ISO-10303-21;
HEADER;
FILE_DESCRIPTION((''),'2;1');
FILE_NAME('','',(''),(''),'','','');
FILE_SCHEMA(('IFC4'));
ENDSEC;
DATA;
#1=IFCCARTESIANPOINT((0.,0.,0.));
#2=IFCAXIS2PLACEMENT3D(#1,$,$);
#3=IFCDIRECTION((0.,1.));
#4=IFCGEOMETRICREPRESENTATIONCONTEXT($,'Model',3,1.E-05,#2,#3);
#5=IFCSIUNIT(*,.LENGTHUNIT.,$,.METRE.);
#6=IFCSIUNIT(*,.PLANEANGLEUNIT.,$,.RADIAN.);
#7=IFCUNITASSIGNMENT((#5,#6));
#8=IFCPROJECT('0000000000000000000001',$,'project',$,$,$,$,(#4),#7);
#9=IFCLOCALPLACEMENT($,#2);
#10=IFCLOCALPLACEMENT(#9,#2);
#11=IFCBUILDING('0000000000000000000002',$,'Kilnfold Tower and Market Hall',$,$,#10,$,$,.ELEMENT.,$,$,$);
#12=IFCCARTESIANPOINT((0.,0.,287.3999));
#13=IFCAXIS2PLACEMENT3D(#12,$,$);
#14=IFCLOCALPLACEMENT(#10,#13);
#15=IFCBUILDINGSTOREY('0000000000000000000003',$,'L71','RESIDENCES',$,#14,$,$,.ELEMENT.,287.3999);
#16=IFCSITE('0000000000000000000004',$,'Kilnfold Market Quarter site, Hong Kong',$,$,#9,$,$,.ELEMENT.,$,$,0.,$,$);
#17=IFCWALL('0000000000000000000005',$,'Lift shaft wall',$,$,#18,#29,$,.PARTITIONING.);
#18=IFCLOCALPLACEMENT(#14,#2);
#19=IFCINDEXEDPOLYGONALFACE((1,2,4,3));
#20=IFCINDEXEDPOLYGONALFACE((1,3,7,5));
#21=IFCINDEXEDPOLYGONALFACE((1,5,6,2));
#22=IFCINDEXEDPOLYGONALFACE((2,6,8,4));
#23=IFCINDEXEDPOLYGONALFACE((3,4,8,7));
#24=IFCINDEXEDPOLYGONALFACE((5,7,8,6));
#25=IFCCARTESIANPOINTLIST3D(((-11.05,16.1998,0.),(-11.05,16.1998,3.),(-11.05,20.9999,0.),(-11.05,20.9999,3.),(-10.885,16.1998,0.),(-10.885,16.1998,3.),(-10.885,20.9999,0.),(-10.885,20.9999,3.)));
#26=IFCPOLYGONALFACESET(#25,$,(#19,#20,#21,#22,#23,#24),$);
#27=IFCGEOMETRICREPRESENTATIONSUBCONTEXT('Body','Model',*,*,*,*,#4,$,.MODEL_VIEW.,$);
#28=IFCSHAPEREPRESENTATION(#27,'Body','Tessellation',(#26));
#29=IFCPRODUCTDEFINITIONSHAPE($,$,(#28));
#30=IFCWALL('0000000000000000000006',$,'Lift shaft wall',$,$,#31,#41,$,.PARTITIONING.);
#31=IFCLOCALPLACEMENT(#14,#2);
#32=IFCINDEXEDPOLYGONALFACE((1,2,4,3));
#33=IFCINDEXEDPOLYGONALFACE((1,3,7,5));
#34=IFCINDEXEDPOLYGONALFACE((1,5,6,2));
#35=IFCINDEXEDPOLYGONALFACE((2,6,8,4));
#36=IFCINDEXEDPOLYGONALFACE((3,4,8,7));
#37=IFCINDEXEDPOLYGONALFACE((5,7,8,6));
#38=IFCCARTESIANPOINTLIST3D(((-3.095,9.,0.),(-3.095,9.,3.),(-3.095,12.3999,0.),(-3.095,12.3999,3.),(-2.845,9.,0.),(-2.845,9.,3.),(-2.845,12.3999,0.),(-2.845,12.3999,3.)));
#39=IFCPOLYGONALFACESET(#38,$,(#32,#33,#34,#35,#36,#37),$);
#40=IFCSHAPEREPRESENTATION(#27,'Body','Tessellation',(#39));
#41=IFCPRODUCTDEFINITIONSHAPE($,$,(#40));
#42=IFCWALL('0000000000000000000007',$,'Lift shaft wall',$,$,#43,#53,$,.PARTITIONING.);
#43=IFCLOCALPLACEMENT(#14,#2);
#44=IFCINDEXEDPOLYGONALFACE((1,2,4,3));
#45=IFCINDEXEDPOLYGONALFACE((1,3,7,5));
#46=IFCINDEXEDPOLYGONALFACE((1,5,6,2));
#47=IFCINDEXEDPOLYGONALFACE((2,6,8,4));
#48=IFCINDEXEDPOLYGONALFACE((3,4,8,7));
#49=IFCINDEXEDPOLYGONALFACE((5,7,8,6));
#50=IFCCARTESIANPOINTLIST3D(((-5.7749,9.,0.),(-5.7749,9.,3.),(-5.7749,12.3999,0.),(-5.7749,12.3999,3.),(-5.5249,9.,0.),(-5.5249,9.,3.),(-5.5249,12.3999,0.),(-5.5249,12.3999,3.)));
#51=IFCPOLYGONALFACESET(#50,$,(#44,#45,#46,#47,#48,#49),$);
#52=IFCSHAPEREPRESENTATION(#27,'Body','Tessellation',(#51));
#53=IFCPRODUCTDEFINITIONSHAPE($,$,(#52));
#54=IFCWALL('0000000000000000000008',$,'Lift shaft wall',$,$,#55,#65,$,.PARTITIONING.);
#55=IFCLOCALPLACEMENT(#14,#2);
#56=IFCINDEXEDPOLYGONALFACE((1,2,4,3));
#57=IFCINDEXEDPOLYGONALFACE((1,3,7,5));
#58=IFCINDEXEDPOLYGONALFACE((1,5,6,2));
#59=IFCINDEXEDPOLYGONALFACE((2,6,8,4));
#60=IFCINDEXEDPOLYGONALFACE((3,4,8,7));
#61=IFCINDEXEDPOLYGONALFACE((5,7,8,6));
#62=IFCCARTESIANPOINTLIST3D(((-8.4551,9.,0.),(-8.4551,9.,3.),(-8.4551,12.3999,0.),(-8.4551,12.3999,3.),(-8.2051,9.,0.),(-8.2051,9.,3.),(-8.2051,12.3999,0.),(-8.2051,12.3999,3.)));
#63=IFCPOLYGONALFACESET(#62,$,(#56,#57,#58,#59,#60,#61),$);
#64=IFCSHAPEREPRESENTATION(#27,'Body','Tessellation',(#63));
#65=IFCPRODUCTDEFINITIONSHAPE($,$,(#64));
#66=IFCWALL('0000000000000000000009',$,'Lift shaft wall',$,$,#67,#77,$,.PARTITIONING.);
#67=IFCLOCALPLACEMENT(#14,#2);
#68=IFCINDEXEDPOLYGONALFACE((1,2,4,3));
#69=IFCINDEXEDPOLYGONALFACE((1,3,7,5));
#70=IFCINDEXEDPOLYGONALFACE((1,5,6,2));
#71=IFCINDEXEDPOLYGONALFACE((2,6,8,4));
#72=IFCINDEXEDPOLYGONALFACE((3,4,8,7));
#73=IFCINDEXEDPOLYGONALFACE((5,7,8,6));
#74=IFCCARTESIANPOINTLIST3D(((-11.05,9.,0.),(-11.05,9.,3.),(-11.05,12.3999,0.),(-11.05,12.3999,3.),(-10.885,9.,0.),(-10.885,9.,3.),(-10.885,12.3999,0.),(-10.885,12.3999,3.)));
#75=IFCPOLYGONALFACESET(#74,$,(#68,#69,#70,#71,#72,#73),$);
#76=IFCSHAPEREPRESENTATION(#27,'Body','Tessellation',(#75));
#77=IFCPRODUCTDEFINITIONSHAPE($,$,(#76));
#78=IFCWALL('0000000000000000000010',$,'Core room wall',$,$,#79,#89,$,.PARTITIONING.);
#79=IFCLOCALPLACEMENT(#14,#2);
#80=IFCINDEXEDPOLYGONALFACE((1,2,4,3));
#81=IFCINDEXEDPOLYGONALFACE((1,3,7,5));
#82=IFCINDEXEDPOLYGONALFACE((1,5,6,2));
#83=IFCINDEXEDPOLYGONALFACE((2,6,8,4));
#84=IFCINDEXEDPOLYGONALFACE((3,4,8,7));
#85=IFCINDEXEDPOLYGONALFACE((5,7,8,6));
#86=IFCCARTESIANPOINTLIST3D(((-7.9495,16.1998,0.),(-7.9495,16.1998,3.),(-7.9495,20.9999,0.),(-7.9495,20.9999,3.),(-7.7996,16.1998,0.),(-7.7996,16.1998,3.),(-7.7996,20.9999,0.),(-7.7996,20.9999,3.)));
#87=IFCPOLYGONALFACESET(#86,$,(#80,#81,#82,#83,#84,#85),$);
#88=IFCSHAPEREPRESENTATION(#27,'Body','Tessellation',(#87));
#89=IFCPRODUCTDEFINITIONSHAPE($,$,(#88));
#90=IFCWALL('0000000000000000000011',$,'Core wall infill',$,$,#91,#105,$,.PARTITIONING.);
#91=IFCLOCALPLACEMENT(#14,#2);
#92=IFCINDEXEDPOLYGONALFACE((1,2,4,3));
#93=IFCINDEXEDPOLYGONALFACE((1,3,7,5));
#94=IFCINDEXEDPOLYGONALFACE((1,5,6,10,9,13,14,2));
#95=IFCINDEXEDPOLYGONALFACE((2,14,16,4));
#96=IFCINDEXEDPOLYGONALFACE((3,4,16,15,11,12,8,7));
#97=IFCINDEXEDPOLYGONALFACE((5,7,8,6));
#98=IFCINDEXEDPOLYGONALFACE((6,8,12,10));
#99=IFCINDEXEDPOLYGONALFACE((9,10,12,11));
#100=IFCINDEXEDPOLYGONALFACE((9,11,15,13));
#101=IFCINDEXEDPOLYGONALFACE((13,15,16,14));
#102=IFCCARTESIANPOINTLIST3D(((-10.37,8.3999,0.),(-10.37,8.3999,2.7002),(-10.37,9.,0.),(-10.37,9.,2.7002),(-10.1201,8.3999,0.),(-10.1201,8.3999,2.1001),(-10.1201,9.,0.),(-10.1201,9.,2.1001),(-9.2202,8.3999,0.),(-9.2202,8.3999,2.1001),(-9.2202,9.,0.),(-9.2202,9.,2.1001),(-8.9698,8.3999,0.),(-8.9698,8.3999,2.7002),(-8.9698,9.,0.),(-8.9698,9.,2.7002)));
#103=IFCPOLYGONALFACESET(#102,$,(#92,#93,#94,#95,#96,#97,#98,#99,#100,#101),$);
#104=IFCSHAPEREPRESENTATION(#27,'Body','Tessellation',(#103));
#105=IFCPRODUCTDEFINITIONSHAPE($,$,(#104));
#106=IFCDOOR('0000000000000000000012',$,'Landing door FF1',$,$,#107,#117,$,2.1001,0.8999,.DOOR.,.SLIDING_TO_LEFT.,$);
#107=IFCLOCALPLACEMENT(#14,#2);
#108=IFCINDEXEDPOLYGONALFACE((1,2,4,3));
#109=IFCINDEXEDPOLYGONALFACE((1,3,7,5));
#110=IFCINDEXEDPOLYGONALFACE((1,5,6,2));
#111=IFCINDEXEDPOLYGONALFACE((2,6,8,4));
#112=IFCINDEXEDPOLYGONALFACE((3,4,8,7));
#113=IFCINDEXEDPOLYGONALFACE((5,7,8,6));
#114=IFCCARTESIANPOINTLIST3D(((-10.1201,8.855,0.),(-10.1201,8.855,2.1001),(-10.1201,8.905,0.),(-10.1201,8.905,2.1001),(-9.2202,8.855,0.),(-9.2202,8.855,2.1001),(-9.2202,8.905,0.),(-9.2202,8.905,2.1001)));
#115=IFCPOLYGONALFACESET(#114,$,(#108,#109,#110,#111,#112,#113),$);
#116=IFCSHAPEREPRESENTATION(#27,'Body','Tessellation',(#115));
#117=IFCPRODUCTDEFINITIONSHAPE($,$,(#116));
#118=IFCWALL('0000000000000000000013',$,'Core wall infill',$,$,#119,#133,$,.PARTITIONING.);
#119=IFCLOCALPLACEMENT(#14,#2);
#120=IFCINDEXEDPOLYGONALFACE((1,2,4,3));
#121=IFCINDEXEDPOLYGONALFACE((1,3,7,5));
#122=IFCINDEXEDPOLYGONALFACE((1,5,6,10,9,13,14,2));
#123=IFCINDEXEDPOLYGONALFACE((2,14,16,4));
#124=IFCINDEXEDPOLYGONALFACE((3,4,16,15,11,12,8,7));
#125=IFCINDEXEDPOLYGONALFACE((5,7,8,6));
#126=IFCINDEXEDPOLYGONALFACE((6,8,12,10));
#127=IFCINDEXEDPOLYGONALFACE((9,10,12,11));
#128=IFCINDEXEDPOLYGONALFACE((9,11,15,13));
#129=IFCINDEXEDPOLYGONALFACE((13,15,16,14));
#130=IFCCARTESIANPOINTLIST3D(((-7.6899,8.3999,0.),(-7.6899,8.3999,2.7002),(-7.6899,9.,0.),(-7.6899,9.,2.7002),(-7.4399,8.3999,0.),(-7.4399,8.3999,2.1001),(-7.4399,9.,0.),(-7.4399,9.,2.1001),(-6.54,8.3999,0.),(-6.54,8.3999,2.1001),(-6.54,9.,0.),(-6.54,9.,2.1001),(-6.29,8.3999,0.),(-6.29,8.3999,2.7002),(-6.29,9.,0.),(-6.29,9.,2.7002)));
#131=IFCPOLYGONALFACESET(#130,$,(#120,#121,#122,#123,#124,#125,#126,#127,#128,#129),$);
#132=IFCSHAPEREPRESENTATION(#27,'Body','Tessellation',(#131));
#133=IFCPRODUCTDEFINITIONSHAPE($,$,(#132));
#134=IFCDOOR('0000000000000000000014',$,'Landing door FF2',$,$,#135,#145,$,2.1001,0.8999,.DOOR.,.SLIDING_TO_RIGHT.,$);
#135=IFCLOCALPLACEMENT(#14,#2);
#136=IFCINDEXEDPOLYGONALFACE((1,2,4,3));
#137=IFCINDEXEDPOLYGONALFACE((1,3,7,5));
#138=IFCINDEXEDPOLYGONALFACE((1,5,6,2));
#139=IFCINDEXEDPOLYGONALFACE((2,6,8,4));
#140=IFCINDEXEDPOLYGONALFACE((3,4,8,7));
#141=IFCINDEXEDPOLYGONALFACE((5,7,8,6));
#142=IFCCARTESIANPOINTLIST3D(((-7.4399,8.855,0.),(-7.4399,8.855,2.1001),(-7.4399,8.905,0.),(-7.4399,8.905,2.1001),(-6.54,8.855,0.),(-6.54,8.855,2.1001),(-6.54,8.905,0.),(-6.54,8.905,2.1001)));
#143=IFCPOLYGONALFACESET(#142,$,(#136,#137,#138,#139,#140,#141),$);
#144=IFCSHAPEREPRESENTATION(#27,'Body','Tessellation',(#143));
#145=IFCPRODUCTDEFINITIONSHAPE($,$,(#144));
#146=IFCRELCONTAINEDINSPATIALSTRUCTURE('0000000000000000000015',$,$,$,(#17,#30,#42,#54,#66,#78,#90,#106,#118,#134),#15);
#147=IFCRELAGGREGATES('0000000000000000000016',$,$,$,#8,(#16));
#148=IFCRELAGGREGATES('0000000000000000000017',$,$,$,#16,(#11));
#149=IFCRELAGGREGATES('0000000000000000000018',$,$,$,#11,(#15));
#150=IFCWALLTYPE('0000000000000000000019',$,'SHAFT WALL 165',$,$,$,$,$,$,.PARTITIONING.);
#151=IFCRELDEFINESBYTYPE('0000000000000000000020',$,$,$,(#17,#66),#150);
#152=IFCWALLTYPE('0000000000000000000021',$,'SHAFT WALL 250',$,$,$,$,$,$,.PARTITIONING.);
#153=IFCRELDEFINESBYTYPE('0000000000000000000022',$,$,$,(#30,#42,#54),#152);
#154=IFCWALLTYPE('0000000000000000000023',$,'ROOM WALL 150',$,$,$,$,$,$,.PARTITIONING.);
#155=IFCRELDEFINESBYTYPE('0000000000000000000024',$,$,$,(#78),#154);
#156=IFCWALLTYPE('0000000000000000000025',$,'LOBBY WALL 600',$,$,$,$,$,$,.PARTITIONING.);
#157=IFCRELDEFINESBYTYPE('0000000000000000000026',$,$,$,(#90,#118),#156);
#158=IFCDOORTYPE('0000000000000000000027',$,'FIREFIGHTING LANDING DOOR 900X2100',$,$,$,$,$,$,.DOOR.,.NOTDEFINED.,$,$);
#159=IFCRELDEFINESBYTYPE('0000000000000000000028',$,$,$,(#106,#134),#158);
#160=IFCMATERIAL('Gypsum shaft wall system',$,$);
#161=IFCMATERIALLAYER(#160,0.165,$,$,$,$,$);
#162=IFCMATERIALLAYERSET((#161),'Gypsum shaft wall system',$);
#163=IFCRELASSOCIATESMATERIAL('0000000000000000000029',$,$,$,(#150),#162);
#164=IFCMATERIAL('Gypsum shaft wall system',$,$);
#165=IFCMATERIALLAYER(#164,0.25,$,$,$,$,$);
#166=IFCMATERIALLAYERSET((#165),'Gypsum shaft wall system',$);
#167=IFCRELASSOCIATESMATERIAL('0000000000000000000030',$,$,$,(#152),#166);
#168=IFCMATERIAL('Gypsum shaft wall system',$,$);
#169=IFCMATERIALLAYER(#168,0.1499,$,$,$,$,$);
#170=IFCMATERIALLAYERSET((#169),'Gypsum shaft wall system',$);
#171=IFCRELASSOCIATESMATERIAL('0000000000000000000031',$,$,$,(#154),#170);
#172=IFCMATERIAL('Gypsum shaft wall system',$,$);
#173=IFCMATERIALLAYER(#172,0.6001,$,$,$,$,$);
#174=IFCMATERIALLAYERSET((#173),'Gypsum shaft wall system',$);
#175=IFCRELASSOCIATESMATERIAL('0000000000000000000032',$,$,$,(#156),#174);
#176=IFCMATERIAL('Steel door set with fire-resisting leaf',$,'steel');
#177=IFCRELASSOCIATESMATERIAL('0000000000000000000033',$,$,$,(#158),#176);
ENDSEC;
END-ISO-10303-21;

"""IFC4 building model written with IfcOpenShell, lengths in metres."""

from ifc_helpers import new_model, si_unit, direction, frame, frame_2d, origin, place, context, subcontext, project, spatial, rectangle, extrude, source, transform, mapped, material, layer, layer_set, type_object, element, fill, save


model = new_model("IFC4")

# Units and contexts
model_context = context("Model", 3, precision=1e-05, world=origin(), true_north=direction((0.0, 1.0)))
body_context = subcontext(model_context, "Body", "Model", "MODEL_VIEW")
ifc_project = project(units=[si_unit("LENGTHUNIT", "METRE"), si_unit("PLANEANGLEUNIT", "RADIAN")], contexts=[model_context])

# Site, building, storey
site_placement = place(None, origin())
site = spatial("IfcSite", under=ifc_project, at=site_placement, Name="Kilnfold Market Quarter site, Hong Kong", CompositionType="ELEMENT", RefElevation=0.0)
building_placement = place(site_placement, origin())
building = spatial("IfcBuilding", under=site, at=building_placement, Name="Kilnfold Tower and Market Hall", CompositionType="ELEMENT")
storey_placement = place(building_placement, frame((0.0, 0.0, 287.3999)))
storey = spatial("IfcBuildingStorey", under=building, at=storey_placement, Name="L71", Description="RESIDENCES", CompositionType="ELEMENT", Elevation=287.3999)

# Walls
ifc_material_1 = material(Name="Gypsum shaft wall system")
ifc_layer_1 = layer(ifc_material_1, 0.165)
ifc_layer_set_1 = layer_set([ifc_layer_1], Name="Gypsum shaft wall system")
wall_type_1 = type_object("IfcWallType", Name="SHAFT WALL 165", PredefinedType="PARTITIONING", material=ifc_layer_set_1)
shared_shape_1 = source(origin(), body_context, "Body", "SweptSolid", [
    extrude(rectangle(XDim=4.8, YDim=0.165, at=frame_2d((2.3999, 0.0))), origin(), (0.0, 0.0, 1.0), 3.0),
])
wall_1_placement = place(storey_placement, frame((-10.9675, 16.2, 0.0), z_axis=(0.0, 0.0, 1.0), x_axis=(0.0, 1.0, 0.0)))
element("IfcWall", 1, at=wall_1_placement, inside=storey, type_object=wall_type_1, Name="Lift shaft wall", PredefinedType="PARTITIONING", context=body_context, shape_type="MappedRepresentation", body=[
    mapped(shared_shape_1, transform((0.0, 0.0, 0.0))),
])
ifc_material_2 = material(Name="Gypsum shaft wall system")
ifc_layer_2 = layer(ifc_material_2, 0.25)
ifc_layer_set_2 = layer_set([ifc_layer_2], Name="Gypsum shaft wall system")
wall_type_2 = type_object("IfcWallType", Name="SHAFT WALL 250", PredefinedType="PARTITIONING", material=ifc_layer_set_2)
shared_shape_2 = source(origin(), body_context, "Body", "SweptSolid", [
    extrude(rectangle(XDim=3.3999, YDim=0.25, at=frame_2d((1.7, 0.0))), origin(), (0.0, 0.0, 1.0), 3.0),
])
for number, where, z_axis, x_axis, name in (
    (2, (-2.97, 9.0, 0.0), (0.0, 0.0, 1.0), (0.0, 1.0, 0.0), "Lift shaft wall"),
    (3, (-5.6499, 9.0, 0.0), (0.0, 0.0, 1.0), (0.0, 1.0, 0.0), "Lift shaft wall"),
    (4, (-8.3301, 9.0, 0.0), (0.0, 0.0, 1.0), (0.0, 1.0, 0.0), "Lift shaft wall"),
):
    element("IfcWall", number, at=place(storey_placement, frame(where, z_axis=z_axis, x_axis=x_axis)), inside=storey, type_object=wall_type_2, Name=name, PredefinedType="PARTITIONING", context=body_context, shape_type="MappedRepresentation", body=[
        mapped(shared_shape_2, transform((0.0, 0.0, 0.0))),
    ])
shared_shape_3 = source(origin(), body_context, "Body", "SweptSolid", [
    extrude(rectangle(XDim=3.3999, YDim=0.165, at=frame_2d((1.7, 0.0))), origin(), (0.0, 0.0, 1.0), 3.0),
])
wall_2_placement = place(storey_placement, frame((-10.9675, 9.0, 0.0), z_axis=(0.0, 0.0, 1.0), x_axis=(0.0, 1.0, 0.0)))
element("IfcWall", 5, at=wall_2_placement, inside=storey, type_object=wall_type_1, Name="Lift shaft wall", PredefinedType="PARTITIONING", context=body_context, shape_type="MappedRepresentation", body=[
    mapped(shared_shape_3, transform((0.0, 0.0, 0.0))),
])
ifc_material_3 = material(Name="Gypsum shaft wall system")
ifc_layer_3 = layer(ifc_material_3, 0.1499)
ifc_layer_set_3 = layer_set([ifc_layer_3], Name="Gypsum shaft wall system")
wall_type_3 = type_object("IfcWallType", Name="ROOM WALL 150", PredefinedType="PARTITIONING", material=ifc_layer_set_3)
shared_shape_4 = source(origin(), body_context, "Body", "SweptSolid", [
    extrude(rectangle(XDim=4.8, YDim=0.1499, at=frame_2d((2.3999, 0.0))), origin(), (0.0, 0.0, 1.0), 3.0),
])
wall_3_placement = place(storey_placement, frame((-7.8745, 16.2, 0.0), z_axis=(0.0, 0.0, 1.0), x_axis=(0.0, 1.0, 0.0)))
element("IfcWall", 6, at=wall_3_placement, inside=storey, type_object=wall_type_3, Name="Core room wall", PredefinedType="PARTITIONING", context=body_context, shape_type="MappedRepresentation", body=[
    mapped(shared_shape_4, transform((0.0, 0.0, 0.0))),
])

# Walls, openings, doors
ifc_material_4 = material(Name="Gypsum shaft wall system")
ifc_layer_4 = layer(ifc_material_4, 0.6001)
ifc_layer_set_4 = layer_set([ifc_layer_4], Name="Gypsum shaft wall system")
wall_type_4 = type_object("IfcWallType", Name="LOBBY WALL 600", PredefinedType="PARTITIONING", material=ifc_layer_set_4)
shared_shape_5 = source(origin(), body_context, "Body", "SweptSolid", [
    extrude(rectangle(XDim=1.4001, YDim=0.6001, at=frame_2d((0.7002, 0.0))), origin(), (0.0, 0.0, 1.0), 2.7002),
])
wall_4_placement = place(storey_placement, frame((-10.3701, 8.7, 0.0), z_axis=(0.0, 0.0, 1.0), x_axis=(1.0, 0.0, 0.0)))
wall_4 = element("IfcWall", 7, at=wall_4_placement, inside=storey, type_object=wall_type_4, Name="Core wall infill", PredefinedType="PARTITIONING", context=body_context, shape_type="MappedRepresentation", body=[
    mapped(shared_shape_5, transform((0.0, 0.0, 0.0))),
])
opening_1_placement = place(wall_4_placement, frame((0.25, 0.0, 0.0)))
opening_1 = element("IfcOpeningElement", 8, at=opening_1_placement, cuts=wall_4, PredefinedType="OPENING", context=body_context, shape_type="SweptSolid", body=[
    extrude(rectangle(XDim=0.8999, YDim=2.1001, at=frame_2d((0.45, 1.05))), frame((0.0, 0.3101, 0.0), z_axis=(0.0, -1.0, 0.0), x_axis=(1.0, 0.0, 0.0)), (0.0, 0.0, 1.0), 0.6201),
])
ifc_material_5 = material(Name="Steel door set with fire-resisting leaf", Category="steel")
door_type_1 = type_object("IfcDoorType", Name="FIREFIGHTING LANDING DOOR 900X2100", OperationType="NOTDEFINED", PredefinedType="DOOR", material=ifc_material_5)
door_1_placement = place(opening_1_placement, origin())
door_1 = element("IfcDoor", 9, at=door_1_placement, inside=storey, type_object=door_type_1, Name="Landing door FF1", OperationType="SLIDING_TO_LEFT", OverallHeight=2.1001, OverallWidth=0.8999, PredefinedType="DOOR", context=body_context, shape_type="SweptSolid", body=[
    extrude(rectangle(XDim=0.8999, YDim=2.1001, at=frame_2d((0.45, 1.05))), frame((0.0, 0.2051, 0.0), z_axis=(0.0, -1.0, 0.0), x_axis=(1.0, 0.0, 0.0)), (0.0, 0.0, 1.0), 0.05),
])
fill(opening_1, door_1)
shared_shape_6 = source(origin(), body_context, "Body", "SweptSolid", [
    extrude(rectangle(XDim=1.3999, YDim=0.6001, at=frame_2d((0.7, 0.0))), origin(), (0.0, 0.0, 1.0), 2.7002),
])
wall_5_placement = place(storey_placement, frame((-7.6899, 8.7, 0.0), z_axis=(0.0, 0.0, 1.0), x_axis=(1.0, 0.0, 0.0)))
wall_5 = element("IfcWall", 10, at=wall_5_placement, inside=storey, type_object=wall_type_4, Name="Core wall infill", PredefinedType="PARTITIONING", context=body_context, shape_type="MappedRepresentation", body=[
    mapped(shared_shape_6, transform((0.0, 0.0, 0.0))),
])
opening_2_placement = place(wall_5_placement, frame((0.25, 0.0, 0.0)))
opening_2 = element("IfcOpeningElement", 11, at=opening_2_placement, cuts=wall_5, PredefinedType="OPENING", context=body_context, shape_type="SweptSolid", body=[
    extrude(rectangle(XDim=0.8999, YDim=2.1001, at=frame_2d((0.45, 1.05))), frame((0.0, 0.3101, 0.0), z_axis=(0.0, -1.0, 0.0), x_axis=(1.0, 0.0, 0.0)), (0.0, 0.0, 1.0), 0.6201),
])
door_2_placement = place(opening_2_placement, origin())
door_2 = element("IfcDoor", 12, at=door_2_placement, inside=storey, type_object=door_type_1, Name="Landing door FF2", OperationType="SLIDING_TO_RIGHT", OverallHeight=2.1001, OverallWidth=0.8999, PredefinedType="DOOR", context=body_context, shape_type="SweptSolid", body=[
    extrude(rectangle(XDim=0.8999, YDim=2.1001, at=frame_2d((0.45, 1.05))), frame((0.0, 0.2051, 0.0), z_axis=(0.0, -1.0, 0.0), x_axis=(1.0, 0.0, 0.0)), (0.0, 0.0, 1.0), 0.05),
])
fill(opening_2, door_2)

save(model, "model.ifc")
